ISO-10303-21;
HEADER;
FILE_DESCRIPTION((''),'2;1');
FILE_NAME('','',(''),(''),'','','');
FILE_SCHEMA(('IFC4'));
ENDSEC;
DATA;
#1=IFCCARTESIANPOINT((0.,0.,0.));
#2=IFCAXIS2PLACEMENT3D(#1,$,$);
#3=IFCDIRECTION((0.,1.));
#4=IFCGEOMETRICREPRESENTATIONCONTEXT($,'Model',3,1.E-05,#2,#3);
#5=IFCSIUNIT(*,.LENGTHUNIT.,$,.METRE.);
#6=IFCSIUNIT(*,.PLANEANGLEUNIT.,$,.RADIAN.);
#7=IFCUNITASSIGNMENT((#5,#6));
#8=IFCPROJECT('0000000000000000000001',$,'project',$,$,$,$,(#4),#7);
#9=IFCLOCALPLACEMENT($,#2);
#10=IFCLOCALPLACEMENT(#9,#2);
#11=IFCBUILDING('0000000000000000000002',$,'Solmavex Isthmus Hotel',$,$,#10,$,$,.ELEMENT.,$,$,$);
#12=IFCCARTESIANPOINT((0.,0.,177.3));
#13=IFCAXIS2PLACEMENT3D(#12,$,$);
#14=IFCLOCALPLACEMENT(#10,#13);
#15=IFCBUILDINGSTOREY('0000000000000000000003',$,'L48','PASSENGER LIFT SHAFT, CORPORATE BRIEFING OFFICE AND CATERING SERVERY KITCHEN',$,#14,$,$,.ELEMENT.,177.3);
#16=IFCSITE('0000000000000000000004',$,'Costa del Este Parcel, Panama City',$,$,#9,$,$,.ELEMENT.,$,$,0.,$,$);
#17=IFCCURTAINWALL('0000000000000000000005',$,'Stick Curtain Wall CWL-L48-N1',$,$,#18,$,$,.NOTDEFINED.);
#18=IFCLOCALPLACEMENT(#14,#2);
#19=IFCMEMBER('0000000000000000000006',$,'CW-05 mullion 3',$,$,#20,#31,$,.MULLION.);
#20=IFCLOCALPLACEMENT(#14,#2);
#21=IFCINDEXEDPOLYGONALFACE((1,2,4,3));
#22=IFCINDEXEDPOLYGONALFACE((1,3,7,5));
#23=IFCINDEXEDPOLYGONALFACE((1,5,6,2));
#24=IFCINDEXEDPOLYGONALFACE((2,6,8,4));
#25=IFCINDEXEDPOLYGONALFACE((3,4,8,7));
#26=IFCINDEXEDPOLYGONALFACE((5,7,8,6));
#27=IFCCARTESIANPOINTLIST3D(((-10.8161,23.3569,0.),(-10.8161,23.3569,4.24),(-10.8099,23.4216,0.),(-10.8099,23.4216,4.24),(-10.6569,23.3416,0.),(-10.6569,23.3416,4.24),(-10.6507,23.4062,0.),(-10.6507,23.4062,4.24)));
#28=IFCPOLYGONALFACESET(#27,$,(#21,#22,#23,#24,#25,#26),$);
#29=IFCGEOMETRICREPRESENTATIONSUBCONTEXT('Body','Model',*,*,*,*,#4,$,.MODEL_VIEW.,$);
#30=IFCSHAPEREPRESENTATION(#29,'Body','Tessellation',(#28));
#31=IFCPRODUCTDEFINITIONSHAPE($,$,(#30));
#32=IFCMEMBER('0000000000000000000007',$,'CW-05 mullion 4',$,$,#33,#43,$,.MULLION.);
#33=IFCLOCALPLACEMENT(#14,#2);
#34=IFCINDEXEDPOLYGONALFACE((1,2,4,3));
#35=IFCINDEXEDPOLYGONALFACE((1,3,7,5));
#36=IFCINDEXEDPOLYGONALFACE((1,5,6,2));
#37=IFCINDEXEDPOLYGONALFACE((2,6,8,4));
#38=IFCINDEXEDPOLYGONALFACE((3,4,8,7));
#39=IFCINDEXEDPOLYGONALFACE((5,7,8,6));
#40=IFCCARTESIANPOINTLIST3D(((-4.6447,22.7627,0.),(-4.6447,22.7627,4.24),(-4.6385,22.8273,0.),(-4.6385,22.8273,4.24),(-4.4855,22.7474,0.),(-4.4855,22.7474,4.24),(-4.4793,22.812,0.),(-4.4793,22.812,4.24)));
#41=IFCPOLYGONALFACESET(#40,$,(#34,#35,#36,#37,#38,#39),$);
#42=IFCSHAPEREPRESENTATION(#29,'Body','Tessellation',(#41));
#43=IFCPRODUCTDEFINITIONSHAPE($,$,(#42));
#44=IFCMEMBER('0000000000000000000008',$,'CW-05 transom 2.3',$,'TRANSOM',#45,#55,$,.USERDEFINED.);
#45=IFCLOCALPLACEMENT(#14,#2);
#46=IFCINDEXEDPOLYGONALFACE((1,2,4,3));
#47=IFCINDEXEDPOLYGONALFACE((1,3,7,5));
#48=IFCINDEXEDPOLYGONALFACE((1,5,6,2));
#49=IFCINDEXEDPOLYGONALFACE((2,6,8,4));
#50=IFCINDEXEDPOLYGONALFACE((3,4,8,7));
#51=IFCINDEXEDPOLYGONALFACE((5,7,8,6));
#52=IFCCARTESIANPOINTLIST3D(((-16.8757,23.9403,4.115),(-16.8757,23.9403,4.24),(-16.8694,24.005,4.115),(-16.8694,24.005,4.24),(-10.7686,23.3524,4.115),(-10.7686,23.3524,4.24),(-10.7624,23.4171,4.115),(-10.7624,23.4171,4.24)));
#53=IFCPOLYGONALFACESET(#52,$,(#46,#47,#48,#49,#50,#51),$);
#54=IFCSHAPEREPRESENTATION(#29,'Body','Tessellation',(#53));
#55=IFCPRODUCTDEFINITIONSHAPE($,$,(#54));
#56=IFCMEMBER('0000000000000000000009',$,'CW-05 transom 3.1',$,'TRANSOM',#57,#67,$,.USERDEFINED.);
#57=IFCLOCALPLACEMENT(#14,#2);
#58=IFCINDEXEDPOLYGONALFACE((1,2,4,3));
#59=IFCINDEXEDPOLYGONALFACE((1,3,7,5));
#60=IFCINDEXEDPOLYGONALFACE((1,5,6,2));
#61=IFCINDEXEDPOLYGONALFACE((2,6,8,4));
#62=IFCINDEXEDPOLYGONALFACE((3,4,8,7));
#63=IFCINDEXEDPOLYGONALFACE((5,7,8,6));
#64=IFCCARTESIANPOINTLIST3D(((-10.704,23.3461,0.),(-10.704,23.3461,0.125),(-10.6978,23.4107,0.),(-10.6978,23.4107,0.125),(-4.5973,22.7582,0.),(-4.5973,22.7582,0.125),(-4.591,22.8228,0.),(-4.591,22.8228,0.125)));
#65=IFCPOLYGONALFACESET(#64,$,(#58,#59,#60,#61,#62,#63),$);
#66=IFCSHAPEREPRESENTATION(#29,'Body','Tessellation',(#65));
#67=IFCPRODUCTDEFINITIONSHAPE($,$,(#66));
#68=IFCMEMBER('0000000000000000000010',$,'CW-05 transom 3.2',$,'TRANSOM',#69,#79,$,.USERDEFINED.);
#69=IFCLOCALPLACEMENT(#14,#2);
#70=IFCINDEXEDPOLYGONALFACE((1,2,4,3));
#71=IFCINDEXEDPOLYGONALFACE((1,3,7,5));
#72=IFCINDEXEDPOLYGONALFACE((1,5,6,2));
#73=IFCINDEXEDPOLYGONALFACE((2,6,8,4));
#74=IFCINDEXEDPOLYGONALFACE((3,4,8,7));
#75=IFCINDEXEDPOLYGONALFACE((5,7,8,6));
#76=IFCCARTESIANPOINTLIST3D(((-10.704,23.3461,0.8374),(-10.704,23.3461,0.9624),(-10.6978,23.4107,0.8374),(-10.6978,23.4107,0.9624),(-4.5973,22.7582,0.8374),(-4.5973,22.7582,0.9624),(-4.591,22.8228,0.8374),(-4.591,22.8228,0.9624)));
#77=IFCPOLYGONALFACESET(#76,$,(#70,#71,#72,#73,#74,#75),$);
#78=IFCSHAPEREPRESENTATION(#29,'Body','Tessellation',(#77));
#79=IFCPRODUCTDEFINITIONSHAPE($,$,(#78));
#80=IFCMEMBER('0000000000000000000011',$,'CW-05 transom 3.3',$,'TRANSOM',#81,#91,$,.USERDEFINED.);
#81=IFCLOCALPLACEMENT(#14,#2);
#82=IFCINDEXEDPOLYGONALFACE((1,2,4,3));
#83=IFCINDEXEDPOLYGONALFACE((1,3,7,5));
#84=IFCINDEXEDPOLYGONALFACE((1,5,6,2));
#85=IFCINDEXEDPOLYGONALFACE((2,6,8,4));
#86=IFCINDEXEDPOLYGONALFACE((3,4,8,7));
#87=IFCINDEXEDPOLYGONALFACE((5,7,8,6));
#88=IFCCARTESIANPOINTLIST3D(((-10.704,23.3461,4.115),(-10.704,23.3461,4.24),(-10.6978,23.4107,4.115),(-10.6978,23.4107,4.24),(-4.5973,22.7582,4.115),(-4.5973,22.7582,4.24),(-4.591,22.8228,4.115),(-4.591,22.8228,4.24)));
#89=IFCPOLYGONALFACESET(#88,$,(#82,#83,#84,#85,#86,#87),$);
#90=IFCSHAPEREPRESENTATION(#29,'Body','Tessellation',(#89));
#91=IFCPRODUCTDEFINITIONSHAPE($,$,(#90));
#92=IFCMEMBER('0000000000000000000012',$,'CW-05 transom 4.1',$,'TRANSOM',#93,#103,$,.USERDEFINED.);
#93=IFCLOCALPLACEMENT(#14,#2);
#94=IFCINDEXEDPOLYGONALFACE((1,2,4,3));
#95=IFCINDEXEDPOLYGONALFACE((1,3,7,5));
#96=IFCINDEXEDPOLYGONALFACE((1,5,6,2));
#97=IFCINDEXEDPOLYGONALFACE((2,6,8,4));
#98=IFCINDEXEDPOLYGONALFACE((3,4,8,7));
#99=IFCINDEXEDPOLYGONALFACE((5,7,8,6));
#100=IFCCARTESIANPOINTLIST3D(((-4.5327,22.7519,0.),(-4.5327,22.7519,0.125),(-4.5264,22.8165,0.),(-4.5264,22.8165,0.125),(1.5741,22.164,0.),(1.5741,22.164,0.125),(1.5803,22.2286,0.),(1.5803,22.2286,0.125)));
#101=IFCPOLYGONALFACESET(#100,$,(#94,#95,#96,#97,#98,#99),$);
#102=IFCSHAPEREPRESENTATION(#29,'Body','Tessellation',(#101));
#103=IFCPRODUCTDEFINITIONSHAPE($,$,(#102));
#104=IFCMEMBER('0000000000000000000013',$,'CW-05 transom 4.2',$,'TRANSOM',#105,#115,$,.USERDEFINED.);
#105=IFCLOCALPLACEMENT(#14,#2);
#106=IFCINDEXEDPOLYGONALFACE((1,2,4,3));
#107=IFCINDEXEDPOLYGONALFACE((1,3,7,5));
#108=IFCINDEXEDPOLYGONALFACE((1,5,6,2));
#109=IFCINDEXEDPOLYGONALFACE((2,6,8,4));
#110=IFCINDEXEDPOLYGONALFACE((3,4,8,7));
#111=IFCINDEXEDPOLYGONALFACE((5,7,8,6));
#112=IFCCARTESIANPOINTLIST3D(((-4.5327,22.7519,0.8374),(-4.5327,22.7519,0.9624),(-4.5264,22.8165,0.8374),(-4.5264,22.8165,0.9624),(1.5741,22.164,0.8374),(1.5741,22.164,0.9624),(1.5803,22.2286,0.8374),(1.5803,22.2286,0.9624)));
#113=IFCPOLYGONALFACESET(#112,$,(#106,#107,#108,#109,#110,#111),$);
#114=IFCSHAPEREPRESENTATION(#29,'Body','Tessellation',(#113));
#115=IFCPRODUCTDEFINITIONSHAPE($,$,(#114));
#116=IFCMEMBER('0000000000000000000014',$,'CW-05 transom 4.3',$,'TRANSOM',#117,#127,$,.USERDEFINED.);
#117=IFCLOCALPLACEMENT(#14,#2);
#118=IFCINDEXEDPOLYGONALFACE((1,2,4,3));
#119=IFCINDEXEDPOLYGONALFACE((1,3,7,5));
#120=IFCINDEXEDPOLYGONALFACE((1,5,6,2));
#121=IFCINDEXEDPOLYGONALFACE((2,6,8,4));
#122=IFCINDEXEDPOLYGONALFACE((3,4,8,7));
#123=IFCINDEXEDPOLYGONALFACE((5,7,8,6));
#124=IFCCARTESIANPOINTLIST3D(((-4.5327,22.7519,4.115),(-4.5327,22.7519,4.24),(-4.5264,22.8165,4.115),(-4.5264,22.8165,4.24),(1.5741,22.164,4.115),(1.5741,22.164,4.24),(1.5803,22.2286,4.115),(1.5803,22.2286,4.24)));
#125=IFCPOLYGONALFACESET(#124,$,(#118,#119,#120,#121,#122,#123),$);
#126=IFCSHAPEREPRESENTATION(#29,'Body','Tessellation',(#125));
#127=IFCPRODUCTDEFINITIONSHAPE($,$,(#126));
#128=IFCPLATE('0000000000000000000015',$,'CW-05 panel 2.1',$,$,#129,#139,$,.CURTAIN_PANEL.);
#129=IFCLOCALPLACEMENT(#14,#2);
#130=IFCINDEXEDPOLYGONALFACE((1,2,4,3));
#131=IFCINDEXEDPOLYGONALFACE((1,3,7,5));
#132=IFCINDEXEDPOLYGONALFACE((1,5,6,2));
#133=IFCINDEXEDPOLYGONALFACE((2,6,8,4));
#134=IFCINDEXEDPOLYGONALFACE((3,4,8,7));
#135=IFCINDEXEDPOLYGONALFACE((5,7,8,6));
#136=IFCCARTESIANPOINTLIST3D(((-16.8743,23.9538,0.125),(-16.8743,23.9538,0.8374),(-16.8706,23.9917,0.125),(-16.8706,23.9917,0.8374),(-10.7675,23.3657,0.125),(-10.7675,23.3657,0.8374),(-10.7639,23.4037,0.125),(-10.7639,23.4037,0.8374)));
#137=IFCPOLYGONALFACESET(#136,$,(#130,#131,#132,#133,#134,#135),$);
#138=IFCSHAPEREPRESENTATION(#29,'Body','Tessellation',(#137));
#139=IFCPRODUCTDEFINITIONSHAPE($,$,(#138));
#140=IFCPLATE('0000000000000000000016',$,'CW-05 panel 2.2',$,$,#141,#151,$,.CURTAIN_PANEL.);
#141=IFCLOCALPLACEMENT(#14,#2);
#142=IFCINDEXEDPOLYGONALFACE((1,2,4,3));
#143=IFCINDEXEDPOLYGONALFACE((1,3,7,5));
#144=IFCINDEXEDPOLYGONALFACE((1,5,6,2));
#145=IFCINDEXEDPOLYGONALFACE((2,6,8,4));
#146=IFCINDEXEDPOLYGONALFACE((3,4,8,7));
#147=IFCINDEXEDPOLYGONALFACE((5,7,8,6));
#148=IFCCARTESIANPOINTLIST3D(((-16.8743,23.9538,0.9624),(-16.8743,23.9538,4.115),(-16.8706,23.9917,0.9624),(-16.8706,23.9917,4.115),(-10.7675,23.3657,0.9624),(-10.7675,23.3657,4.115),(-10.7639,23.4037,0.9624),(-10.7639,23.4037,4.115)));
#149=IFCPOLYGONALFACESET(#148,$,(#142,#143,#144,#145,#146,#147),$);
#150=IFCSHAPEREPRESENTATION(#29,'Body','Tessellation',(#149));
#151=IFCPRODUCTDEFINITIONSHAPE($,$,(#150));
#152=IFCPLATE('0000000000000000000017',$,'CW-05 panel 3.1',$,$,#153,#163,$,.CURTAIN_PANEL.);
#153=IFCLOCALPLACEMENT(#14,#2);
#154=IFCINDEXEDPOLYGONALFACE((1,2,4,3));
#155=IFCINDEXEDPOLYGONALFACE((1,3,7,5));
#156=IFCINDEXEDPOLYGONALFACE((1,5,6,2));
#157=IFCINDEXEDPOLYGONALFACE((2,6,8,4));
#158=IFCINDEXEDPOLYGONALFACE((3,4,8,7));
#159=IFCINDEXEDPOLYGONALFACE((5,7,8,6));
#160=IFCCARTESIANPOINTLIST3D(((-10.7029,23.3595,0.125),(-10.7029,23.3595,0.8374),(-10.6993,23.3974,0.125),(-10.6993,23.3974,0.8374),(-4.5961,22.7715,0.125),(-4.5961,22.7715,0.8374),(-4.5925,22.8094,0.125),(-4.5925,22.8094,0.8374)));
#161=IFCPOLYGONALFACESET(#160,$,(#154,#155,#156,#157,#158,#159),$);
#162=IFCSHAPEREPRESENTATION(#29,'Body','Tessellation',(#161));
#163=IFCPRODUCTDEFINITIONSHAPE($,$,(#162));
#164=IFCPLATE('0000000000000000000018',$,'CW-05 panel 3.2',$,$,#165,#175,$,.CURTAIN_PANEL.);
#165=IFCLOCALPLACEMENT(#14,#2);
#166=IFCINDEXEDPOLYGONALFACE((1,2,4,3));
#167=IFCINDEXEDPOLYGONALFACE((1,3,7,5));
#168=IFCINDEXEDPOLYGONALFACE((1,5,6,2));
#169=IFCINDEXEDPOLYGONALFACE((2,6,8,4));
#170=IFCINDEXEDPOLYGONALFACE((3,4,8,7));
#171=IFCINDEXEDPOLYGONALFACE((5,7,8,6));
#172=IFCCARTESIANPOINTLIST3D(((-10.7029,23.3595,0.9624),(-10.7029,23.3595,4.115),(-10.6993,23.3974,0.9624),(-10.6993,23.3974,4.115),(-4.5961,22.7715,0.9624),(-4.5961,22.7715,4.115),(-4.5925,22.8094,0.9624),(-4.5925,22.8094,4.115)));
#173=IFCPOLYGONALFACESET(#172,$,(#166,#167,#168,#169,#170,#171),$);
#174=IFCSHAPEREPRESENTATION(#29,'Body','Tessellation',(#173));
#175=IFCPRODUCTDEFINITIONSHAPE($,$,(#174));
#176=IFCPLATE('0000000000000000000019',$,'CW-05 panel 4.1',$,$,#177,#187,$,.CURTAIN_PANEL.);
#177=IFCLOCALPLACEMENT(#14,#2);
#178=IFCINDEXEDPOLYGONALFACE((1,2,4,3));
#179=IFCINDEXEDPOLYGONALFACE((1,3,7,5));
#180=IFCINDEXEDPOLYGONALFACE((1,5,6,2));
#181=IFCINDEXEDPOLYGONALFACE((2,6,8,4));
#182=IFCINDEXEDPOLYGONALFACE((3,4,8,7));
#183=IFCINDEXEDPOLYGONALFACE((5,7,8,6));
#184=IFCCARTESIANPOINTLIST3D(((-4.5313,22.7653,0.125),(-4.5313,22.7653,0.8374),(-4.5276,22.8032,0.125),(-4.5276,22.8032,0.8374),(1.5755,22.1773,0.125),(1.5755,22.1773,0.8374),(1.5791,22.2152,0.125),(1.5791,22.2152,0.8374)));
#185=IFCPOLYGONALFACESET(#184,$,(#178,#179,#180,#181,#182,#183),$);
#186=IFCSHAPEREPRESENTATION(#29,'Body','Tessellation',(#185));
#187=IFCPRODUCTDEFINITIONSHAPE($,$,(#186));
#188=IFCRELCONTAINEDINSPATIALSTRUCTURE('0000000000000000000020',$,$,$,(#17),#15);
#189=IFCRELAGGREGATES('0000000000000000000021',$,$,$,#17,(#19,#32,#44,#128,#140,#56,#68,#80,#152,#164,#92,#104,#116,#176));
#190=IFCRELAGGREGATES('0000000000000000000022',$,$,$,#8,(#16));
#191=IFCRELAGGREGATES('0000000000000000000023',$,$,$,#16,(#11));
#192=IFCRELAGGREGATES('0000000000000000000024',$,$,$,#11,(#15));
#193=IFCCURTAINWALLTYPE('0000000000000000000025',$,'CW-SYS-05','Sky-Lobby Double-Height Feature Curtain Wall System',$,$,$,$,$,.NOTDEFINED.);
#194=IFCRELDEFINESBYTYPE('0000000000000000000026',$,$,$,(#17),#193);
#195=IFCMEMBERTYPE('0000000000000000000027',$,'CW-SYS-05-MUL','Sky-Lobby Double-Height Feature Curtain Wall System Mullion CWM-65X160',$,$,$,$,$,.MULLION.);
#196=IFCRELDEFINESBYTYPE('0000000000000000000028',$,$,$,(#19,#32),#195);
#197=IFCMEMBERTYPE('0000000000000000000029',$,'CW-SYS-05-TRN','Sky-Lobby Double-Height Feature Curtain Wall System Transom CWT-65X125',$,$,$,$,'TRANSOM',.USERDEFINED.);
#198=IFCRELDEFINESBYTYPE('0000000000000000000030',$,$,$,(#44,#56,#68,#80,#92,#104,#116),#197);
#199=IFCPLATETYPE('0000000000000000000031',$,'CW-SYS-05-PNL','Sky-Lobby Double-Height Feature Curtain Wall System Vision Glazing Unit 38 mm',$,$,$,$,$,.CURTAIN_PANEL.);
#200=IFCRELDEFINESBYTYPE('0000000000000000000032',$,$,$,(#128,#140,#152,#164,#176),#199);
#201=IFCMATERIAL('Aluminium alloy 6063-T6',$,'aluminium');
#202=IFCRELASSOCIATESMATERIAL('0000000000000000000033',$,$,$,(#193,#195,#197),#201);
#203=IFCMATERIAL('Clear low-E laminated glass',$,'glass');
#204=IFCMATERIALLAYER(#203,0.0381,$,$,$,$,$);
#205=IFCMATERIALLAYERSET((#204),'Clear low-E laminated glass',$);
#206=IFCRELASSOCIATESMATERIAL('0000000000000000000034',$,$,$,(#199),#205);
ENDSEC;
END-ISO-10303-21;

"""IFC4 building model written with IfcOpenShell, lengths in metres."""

from ifc_helpers import new_model, si_unit, direction, frame, origin, origin_2d, place, context, subcontext, project, spatial, rectangle, extrude, material, layer, layer_set, material_profile, profile_set, type_object, element, aggregate, save


model = new_model("IFC4")

# Units and contexts
model_context = context("Model", 3, precision=1e-05, world=origin(), true_north=direction((0.0, 1.0)))
body_context = subcontext(model_context, "Body", "Model", "MODEL_VIEW")
ifc_project = project(units=[si_unit("LENGTHUNIT", "METRE"), si_unit("PLANEANGLEUNIT", "RADIAN")], contexts=[model_context])

# Site, building, storey
site_placement = place(None, origin())
site = spatial("IfcSite", under=ifc_project, at=site_placement, Name="Costa del Este Parcel, Panama City", CompositionType="ELEMENT", RefElevation=0.0)
building_placement = place(site_placement, origin())
building = spatial("IfcBuilding", under=site, at=building_placement, Name="Solmavex Isthmus Hotel", CompositionType="ELEMENT")
storey_placement = place(building_placement, frame((0.0, 0.0, 177.3)))
storey = spatial("IfcBuildingStorey", under=building, at=storey_placement, Name="L48", Description="PASSENGER LIFT SHAFT, CORPORATE BRIEFING OFFICE AND CATERING SERVERY KITCHEN", CompositionType="ELEMENT", Elevation=177.3)

# Curtain wall, members, plates
ifc_material_1 = material(Name="Aluminium alloy 6063-T6", Category="aluminium")
curtain_wall_type = type_object("IfcCurtainWallType", Name="CW-SYS-05", Description="Sky-Lobby Double-Height Feature Curtain Wall System", PredefinedType="NOTDEFINED", material=ifc_material_1)
curtain_wall_placement = place(storey_placement, origin())
curtain_wall = element("IfcCurtainWall", 1, at=curtain_wall_placement, inside=storey, type_object=curtain_wall_type, Name="Stick Curtain Wall CWL-L48-N1", PredefinedType="NOTDEFINED")
ifc_material_profile_1 = material_profile(ifc_material_1, rectangle(XDim=0.0649, YDim=0.1599, at=origin_2d()), Name="CWM-65X160")
ifc_profile_set_1 = profile_set([ifc_material_profile_1], Name="Aluminium alloy 6063-T6")
member_type_1 = type_object("IfcMemberType", Name="CW-SYS-05-MUL", Description="Sky-Lobby Double-Height Feature Curtain Wall System Mullion CWM-65X160", PredefinedType="MULLION", material=ifc_profile_set_1)
member_1_placement = place(storey_placement, frame((-10.7334, 23.3816, 0.0), z_axis=(0.0, 0.0, 1.0), x_axis=(0.095846, 0.995396, 0.0)))
member_1 = element("IfcMember", 2, at=member_1_placement, type_object=member_type_1, Name="CW-05 mullion 3", PredefinedType="MULLION", context=body_context, shape_type="SweptSolid", body=[
    extrude(rectangle(XDim=0.0649, YDim=0.1599, at=origin_2d()), origin(), (0.0, 0.0, 1.0), 4.24),
])
member_2_placement = place(storey_placement, frame((-4.562, 22.7874, 0.0), z_axis=(0.0, 0.0, 1.0), x_axis=(0.095846, 0.995396, 0.0)))
member_2 = element("IfcMember", 3, at=member_2_placement, type_object=member_type_1, Name="CW-05 mullion 4", PredefinedType="MULLION", context=body_context, shape_type="SweptSolid", body=[
    extrude(rectangle(XDim=0.0649, YDim=0.1599, at=origin_2d()), origin(), (0.0, 0.0, 1.0), 4.24),
])
ifc_material_profile_2 = material_profile(ifc_material_1, rectangle(XDim=0.0649, YDim=0.125, at=origin_2d()), Name="CWT-65X125")
ifc_profile_set_2 = profile_set([ifc_material_profile_2], Name="Aluminium alloy 6063-T6")
member_type_2 = type_object("IfcMemberType", Name="CW-SYS-05-TRN", Description="Sky-Lobby Double-Height Feature Curtain Wall System Transom CWT-65X125", ElementType="TRANSOM", PredefinedType="USERDEFINED", material=ifc_profile_set_2)
member_3_placement = place(storey_placement, frame((-16.8726, 23.9727, 4.1775), z_axis=(0.995398, -0.095823, 0.0), x_axis=(0.095823, 0.995398, 0.0)))
member_3 = element("IfcMember", 4, at=member_3_placement, type_object=member_type_2, Name="CW-05 transom 2.3", ObjectType="TRANSOM", PredefinedType="USERDEFINED", context=body_context, shape_type="SweptSolid", body=[
    extrude(rectangle(XDim=0.0649, YDim=0.125, at=origin_2d()), origin(), (0.0, 0.0, 1.0), 6.1353),
])
member_4_placement = place(storey_placement, frame((-10.7009, 23.3784, 0.0625), z_axis=(0.995398, -0.095827, 0.0), x_axis=(0.095827, 0.995398, 0.0)))
member_4 = element("IfcMember", 5, at=member_4_placement, type_object=member_type_2, Name="CW-05 transom 3.1", ObjectType="TRANSOM", PredefinedType="USERDEFINED", context=body_context, shape_type="SweptSolid", body=[
    extrude(rectangle(XDim=0.0649, YDim=0.125, at=origin_2d()), origin(), (0.0, 0.0, 1.0), 6.135),
])
member_5_placement = place(storey_placement, frame((-10.7009, 23.3784, 0.8999), z_axis=(0.995398, -0.095827, 0.0), x_axis=(0.095827, 0.995398, 0.0)))
member_5 = element("IfcMember", 6, at=member_5_placement, type_object=member_type_2, Name="CW-05 transom 3.2", ObjectType="TRANSOM", PredefinedType="USERDEFINED", context=body_context, shape_type="SweptSolid", body=[
    extrude(rectangle(XDim=0.0649, YDim=0.125, at=origin_2d()), origin(), (0.0, 0.0, 1.0), 6.135),
])
member_6_placement = place(storey_placement, frame((-10.7009, 23.3784, 4.1775), z_axis=(0.995398, -0.095827, 0.0), x_axis=(0.095827, 0.995398, 0.0)))
member_6 = element("IfcMember", 7, at=member_6_placement, type_object=member_type_2, Name="CW-05 transom 3.3", ObjectType="TRANSOM", PredefinedType="USERDEFINED", context=body_context, shape_type="SweptSolid", body=[
    extrude(rectangle(XDim=0.0649, YDim=0.125, at=origin_2d()), origin(), (0.0, 0.0, 1.0), 6.135),
])
member_7_placement = place(storey_placement, frame((-4.5295, 22.7842, 0.0625), z_axis=(0.995398, -0.095827, 0.0), x_axis=(0.095827, 0.995398, 0.0)))
member_7 = element("IfcMember", 8, at=member_7_placement, type_object=member_type_2, Name="CW-05 transom 4.1", ObjectType="TRANSOM", PredefinedType="USERDEFINED", context=body_context, shape_type="SweptSolid", body=[
    extrude(rectangle(XDim=0.0649, YDim=0.125, at=origin_2d()), origin(), (0.0, 0.0, 1.0), 6.135),
])
member_8_placement = place(storey_placement, frame((-4.5295, 22.7842, 0.8999), z_axis=(0.995398, -0.095827, 0.0), x_axis=(0.095827, 0.995398, 0.0)))
member_8 = element("IfcMember", 9, at=member_8_placement, type_object=member_type_2, Name="CW-05 transom 4.2", ObjectType="TRANSOM", PredefinedType="USERDEFINED", context=body_context, shape_type="SweptSolid", body=[
    extrude(rectangle(XDim=0.0649, YDim=0.125, at=origin_2d()), origin(), (0.0, 0.0, 1.0), 6.135),
])
member_9_placement = place(storey_placement, frame((-4.5295, 22.7842, 4.1775), z_axis=(0.995398, -0.095827, 0.0), x_axis=(0.095827, 0.995398, 0.0)))
member_9 = element("IfcMember", 10, at=member_9_placement, type_object=member_type_2, Name="CW-05 transom 4.3", ObjectType="TRANSOM", PredefinedType="USERDEFINED", context=body_context, shape_type="SweptSolid", body=[
    extrude(rectangle(XDim=0.0649, YDim=0.125, at=origin_2d()), origin(), (0.0, 0.0, 1.0), 6.135),
])
ifc_material_2 = material(Name="Clear low-E laminated glass", Category="glass")
ifc_layer_1 = layer(ifc_material_2, 0.0381)
ifc_layer_set_1 = layer_set([ifc_layer_1], Name="Clear low-E laminated glass")
plate_type = type_object("IfcPlateType", Name="CW-SYS-05-PNL", Description="Sky-Lobby Double-Height Feature Curtain Wall System Vision Glazing Unit 38 mm", PredefinedType="CURTAIN_PANEL", material=ifc_layer_set_1)
plate_1_placement = place(storey_placement, frame((-13.8191, 23.6787, 0.125), z_axis=(0.0, 0.0, 1.0), x_axis=(0.995396, -0.095846, 0.0)))
plate_1 = element("IfcPlate", 11, at=plate_1_placement, type_object=plate_type, Name="CW-05 panel 2.1", PredefinedType="CURTAIN_PANEL", context=body_context, shape_type="SweptSolid", body=[
    extrude(rectangle(XDim=6.135, YDim=0.0381, at=origin_2d()), origin(), (0.0, 0.0, 1.0), 0.7124),
])
plate_2_placement = place(storey_placement, frame((-13.8191, 23.6787, 0.9624), z_axis=(0.0, 0.0, 1.0), x_axis=(0.995396, -0.095846, 0.0)))
plate_2 = element("IfcPlate", 12, at=plate_2_placement, type_object=plate_type, Name="CW-05 panel 2.2", PredefinedType="CURTAIN_PANEL", context=body_context, shape_type="SweptSolid", body=[
    extrude(rectangle(XDim=6.135, YDim=0.0381, at=origin_2d()), origin(), (0.0, 0.0, 1.0), 3.1526),
])
plate_3_placement = place(storey_placement, frame((-7.6477, 23.0845, 0.125), z_axis=(0.0, 0.0, 1.0), x_axis=(0.995396, -0.095846, 0.0)))
plate_3 = element("IfcPlate", 13, at=plate_3_placement, type_object=plate_type, Name="CW-05 panel 3.1", PredefinedType="CURTAIN_PANEL", context=body_context, shape_type="SweptSolid", body=[
    extrude(rectangle(XDim=6.135, YDim=0.0381, at=origin_2d()), origin(), (0.0, 0.0, 1.0), 0.7124),
])
plate_4_placement = place(storey_placement, frame((-7.6477, 23.0845, 0.9624), z_axis=(0.0, 0.0, 1.0), x_axis=(0.995396, -0.095846, 0.0)))
plate_4 = element("IfcPlate", 14, at=plate_4_placement, type_object=plate_type, Name="CW-05 panel 3.2", PredefinedType="CURTAIN_PANEL", context=body_context, shape_type="SweptSolid", body=[
    extrude(rectangle(XDim=6.135, YDim=0.0381, at=origin_2d()), origin(), (0.0, 0.0, 1.0), 3.1526),
])
plate_5_placement = place(storey_placement, frame((-1.4761, 22.4902, 0.125), z_axis=(0.0, 0.0, 1.0), x_axis=(0.995396, -0.095846, 0.0)))
plate_5 = element("IfcPlate", 15, at=plate_5_placement, type_object=plate_type, Name="CW-05 panel 4.1", PredefinedType="CURTAIN_PANEL", context=body_context, shape_type="SweptSolid", body=[
    extrude(rectangle(XDim=6.135, YDim=0.0381, at=origin_2d()), origin(), (0.0, 0.0, 1.0), 0.7124),
])
aggregate(curtain_wall, [member_1, member_2, member_3, plate_1, plate_2, member_4, member_5, member_6, plate_3, plate_4, member_7, member_8, member_9, plate_5])

save(model, "model.ifc")
